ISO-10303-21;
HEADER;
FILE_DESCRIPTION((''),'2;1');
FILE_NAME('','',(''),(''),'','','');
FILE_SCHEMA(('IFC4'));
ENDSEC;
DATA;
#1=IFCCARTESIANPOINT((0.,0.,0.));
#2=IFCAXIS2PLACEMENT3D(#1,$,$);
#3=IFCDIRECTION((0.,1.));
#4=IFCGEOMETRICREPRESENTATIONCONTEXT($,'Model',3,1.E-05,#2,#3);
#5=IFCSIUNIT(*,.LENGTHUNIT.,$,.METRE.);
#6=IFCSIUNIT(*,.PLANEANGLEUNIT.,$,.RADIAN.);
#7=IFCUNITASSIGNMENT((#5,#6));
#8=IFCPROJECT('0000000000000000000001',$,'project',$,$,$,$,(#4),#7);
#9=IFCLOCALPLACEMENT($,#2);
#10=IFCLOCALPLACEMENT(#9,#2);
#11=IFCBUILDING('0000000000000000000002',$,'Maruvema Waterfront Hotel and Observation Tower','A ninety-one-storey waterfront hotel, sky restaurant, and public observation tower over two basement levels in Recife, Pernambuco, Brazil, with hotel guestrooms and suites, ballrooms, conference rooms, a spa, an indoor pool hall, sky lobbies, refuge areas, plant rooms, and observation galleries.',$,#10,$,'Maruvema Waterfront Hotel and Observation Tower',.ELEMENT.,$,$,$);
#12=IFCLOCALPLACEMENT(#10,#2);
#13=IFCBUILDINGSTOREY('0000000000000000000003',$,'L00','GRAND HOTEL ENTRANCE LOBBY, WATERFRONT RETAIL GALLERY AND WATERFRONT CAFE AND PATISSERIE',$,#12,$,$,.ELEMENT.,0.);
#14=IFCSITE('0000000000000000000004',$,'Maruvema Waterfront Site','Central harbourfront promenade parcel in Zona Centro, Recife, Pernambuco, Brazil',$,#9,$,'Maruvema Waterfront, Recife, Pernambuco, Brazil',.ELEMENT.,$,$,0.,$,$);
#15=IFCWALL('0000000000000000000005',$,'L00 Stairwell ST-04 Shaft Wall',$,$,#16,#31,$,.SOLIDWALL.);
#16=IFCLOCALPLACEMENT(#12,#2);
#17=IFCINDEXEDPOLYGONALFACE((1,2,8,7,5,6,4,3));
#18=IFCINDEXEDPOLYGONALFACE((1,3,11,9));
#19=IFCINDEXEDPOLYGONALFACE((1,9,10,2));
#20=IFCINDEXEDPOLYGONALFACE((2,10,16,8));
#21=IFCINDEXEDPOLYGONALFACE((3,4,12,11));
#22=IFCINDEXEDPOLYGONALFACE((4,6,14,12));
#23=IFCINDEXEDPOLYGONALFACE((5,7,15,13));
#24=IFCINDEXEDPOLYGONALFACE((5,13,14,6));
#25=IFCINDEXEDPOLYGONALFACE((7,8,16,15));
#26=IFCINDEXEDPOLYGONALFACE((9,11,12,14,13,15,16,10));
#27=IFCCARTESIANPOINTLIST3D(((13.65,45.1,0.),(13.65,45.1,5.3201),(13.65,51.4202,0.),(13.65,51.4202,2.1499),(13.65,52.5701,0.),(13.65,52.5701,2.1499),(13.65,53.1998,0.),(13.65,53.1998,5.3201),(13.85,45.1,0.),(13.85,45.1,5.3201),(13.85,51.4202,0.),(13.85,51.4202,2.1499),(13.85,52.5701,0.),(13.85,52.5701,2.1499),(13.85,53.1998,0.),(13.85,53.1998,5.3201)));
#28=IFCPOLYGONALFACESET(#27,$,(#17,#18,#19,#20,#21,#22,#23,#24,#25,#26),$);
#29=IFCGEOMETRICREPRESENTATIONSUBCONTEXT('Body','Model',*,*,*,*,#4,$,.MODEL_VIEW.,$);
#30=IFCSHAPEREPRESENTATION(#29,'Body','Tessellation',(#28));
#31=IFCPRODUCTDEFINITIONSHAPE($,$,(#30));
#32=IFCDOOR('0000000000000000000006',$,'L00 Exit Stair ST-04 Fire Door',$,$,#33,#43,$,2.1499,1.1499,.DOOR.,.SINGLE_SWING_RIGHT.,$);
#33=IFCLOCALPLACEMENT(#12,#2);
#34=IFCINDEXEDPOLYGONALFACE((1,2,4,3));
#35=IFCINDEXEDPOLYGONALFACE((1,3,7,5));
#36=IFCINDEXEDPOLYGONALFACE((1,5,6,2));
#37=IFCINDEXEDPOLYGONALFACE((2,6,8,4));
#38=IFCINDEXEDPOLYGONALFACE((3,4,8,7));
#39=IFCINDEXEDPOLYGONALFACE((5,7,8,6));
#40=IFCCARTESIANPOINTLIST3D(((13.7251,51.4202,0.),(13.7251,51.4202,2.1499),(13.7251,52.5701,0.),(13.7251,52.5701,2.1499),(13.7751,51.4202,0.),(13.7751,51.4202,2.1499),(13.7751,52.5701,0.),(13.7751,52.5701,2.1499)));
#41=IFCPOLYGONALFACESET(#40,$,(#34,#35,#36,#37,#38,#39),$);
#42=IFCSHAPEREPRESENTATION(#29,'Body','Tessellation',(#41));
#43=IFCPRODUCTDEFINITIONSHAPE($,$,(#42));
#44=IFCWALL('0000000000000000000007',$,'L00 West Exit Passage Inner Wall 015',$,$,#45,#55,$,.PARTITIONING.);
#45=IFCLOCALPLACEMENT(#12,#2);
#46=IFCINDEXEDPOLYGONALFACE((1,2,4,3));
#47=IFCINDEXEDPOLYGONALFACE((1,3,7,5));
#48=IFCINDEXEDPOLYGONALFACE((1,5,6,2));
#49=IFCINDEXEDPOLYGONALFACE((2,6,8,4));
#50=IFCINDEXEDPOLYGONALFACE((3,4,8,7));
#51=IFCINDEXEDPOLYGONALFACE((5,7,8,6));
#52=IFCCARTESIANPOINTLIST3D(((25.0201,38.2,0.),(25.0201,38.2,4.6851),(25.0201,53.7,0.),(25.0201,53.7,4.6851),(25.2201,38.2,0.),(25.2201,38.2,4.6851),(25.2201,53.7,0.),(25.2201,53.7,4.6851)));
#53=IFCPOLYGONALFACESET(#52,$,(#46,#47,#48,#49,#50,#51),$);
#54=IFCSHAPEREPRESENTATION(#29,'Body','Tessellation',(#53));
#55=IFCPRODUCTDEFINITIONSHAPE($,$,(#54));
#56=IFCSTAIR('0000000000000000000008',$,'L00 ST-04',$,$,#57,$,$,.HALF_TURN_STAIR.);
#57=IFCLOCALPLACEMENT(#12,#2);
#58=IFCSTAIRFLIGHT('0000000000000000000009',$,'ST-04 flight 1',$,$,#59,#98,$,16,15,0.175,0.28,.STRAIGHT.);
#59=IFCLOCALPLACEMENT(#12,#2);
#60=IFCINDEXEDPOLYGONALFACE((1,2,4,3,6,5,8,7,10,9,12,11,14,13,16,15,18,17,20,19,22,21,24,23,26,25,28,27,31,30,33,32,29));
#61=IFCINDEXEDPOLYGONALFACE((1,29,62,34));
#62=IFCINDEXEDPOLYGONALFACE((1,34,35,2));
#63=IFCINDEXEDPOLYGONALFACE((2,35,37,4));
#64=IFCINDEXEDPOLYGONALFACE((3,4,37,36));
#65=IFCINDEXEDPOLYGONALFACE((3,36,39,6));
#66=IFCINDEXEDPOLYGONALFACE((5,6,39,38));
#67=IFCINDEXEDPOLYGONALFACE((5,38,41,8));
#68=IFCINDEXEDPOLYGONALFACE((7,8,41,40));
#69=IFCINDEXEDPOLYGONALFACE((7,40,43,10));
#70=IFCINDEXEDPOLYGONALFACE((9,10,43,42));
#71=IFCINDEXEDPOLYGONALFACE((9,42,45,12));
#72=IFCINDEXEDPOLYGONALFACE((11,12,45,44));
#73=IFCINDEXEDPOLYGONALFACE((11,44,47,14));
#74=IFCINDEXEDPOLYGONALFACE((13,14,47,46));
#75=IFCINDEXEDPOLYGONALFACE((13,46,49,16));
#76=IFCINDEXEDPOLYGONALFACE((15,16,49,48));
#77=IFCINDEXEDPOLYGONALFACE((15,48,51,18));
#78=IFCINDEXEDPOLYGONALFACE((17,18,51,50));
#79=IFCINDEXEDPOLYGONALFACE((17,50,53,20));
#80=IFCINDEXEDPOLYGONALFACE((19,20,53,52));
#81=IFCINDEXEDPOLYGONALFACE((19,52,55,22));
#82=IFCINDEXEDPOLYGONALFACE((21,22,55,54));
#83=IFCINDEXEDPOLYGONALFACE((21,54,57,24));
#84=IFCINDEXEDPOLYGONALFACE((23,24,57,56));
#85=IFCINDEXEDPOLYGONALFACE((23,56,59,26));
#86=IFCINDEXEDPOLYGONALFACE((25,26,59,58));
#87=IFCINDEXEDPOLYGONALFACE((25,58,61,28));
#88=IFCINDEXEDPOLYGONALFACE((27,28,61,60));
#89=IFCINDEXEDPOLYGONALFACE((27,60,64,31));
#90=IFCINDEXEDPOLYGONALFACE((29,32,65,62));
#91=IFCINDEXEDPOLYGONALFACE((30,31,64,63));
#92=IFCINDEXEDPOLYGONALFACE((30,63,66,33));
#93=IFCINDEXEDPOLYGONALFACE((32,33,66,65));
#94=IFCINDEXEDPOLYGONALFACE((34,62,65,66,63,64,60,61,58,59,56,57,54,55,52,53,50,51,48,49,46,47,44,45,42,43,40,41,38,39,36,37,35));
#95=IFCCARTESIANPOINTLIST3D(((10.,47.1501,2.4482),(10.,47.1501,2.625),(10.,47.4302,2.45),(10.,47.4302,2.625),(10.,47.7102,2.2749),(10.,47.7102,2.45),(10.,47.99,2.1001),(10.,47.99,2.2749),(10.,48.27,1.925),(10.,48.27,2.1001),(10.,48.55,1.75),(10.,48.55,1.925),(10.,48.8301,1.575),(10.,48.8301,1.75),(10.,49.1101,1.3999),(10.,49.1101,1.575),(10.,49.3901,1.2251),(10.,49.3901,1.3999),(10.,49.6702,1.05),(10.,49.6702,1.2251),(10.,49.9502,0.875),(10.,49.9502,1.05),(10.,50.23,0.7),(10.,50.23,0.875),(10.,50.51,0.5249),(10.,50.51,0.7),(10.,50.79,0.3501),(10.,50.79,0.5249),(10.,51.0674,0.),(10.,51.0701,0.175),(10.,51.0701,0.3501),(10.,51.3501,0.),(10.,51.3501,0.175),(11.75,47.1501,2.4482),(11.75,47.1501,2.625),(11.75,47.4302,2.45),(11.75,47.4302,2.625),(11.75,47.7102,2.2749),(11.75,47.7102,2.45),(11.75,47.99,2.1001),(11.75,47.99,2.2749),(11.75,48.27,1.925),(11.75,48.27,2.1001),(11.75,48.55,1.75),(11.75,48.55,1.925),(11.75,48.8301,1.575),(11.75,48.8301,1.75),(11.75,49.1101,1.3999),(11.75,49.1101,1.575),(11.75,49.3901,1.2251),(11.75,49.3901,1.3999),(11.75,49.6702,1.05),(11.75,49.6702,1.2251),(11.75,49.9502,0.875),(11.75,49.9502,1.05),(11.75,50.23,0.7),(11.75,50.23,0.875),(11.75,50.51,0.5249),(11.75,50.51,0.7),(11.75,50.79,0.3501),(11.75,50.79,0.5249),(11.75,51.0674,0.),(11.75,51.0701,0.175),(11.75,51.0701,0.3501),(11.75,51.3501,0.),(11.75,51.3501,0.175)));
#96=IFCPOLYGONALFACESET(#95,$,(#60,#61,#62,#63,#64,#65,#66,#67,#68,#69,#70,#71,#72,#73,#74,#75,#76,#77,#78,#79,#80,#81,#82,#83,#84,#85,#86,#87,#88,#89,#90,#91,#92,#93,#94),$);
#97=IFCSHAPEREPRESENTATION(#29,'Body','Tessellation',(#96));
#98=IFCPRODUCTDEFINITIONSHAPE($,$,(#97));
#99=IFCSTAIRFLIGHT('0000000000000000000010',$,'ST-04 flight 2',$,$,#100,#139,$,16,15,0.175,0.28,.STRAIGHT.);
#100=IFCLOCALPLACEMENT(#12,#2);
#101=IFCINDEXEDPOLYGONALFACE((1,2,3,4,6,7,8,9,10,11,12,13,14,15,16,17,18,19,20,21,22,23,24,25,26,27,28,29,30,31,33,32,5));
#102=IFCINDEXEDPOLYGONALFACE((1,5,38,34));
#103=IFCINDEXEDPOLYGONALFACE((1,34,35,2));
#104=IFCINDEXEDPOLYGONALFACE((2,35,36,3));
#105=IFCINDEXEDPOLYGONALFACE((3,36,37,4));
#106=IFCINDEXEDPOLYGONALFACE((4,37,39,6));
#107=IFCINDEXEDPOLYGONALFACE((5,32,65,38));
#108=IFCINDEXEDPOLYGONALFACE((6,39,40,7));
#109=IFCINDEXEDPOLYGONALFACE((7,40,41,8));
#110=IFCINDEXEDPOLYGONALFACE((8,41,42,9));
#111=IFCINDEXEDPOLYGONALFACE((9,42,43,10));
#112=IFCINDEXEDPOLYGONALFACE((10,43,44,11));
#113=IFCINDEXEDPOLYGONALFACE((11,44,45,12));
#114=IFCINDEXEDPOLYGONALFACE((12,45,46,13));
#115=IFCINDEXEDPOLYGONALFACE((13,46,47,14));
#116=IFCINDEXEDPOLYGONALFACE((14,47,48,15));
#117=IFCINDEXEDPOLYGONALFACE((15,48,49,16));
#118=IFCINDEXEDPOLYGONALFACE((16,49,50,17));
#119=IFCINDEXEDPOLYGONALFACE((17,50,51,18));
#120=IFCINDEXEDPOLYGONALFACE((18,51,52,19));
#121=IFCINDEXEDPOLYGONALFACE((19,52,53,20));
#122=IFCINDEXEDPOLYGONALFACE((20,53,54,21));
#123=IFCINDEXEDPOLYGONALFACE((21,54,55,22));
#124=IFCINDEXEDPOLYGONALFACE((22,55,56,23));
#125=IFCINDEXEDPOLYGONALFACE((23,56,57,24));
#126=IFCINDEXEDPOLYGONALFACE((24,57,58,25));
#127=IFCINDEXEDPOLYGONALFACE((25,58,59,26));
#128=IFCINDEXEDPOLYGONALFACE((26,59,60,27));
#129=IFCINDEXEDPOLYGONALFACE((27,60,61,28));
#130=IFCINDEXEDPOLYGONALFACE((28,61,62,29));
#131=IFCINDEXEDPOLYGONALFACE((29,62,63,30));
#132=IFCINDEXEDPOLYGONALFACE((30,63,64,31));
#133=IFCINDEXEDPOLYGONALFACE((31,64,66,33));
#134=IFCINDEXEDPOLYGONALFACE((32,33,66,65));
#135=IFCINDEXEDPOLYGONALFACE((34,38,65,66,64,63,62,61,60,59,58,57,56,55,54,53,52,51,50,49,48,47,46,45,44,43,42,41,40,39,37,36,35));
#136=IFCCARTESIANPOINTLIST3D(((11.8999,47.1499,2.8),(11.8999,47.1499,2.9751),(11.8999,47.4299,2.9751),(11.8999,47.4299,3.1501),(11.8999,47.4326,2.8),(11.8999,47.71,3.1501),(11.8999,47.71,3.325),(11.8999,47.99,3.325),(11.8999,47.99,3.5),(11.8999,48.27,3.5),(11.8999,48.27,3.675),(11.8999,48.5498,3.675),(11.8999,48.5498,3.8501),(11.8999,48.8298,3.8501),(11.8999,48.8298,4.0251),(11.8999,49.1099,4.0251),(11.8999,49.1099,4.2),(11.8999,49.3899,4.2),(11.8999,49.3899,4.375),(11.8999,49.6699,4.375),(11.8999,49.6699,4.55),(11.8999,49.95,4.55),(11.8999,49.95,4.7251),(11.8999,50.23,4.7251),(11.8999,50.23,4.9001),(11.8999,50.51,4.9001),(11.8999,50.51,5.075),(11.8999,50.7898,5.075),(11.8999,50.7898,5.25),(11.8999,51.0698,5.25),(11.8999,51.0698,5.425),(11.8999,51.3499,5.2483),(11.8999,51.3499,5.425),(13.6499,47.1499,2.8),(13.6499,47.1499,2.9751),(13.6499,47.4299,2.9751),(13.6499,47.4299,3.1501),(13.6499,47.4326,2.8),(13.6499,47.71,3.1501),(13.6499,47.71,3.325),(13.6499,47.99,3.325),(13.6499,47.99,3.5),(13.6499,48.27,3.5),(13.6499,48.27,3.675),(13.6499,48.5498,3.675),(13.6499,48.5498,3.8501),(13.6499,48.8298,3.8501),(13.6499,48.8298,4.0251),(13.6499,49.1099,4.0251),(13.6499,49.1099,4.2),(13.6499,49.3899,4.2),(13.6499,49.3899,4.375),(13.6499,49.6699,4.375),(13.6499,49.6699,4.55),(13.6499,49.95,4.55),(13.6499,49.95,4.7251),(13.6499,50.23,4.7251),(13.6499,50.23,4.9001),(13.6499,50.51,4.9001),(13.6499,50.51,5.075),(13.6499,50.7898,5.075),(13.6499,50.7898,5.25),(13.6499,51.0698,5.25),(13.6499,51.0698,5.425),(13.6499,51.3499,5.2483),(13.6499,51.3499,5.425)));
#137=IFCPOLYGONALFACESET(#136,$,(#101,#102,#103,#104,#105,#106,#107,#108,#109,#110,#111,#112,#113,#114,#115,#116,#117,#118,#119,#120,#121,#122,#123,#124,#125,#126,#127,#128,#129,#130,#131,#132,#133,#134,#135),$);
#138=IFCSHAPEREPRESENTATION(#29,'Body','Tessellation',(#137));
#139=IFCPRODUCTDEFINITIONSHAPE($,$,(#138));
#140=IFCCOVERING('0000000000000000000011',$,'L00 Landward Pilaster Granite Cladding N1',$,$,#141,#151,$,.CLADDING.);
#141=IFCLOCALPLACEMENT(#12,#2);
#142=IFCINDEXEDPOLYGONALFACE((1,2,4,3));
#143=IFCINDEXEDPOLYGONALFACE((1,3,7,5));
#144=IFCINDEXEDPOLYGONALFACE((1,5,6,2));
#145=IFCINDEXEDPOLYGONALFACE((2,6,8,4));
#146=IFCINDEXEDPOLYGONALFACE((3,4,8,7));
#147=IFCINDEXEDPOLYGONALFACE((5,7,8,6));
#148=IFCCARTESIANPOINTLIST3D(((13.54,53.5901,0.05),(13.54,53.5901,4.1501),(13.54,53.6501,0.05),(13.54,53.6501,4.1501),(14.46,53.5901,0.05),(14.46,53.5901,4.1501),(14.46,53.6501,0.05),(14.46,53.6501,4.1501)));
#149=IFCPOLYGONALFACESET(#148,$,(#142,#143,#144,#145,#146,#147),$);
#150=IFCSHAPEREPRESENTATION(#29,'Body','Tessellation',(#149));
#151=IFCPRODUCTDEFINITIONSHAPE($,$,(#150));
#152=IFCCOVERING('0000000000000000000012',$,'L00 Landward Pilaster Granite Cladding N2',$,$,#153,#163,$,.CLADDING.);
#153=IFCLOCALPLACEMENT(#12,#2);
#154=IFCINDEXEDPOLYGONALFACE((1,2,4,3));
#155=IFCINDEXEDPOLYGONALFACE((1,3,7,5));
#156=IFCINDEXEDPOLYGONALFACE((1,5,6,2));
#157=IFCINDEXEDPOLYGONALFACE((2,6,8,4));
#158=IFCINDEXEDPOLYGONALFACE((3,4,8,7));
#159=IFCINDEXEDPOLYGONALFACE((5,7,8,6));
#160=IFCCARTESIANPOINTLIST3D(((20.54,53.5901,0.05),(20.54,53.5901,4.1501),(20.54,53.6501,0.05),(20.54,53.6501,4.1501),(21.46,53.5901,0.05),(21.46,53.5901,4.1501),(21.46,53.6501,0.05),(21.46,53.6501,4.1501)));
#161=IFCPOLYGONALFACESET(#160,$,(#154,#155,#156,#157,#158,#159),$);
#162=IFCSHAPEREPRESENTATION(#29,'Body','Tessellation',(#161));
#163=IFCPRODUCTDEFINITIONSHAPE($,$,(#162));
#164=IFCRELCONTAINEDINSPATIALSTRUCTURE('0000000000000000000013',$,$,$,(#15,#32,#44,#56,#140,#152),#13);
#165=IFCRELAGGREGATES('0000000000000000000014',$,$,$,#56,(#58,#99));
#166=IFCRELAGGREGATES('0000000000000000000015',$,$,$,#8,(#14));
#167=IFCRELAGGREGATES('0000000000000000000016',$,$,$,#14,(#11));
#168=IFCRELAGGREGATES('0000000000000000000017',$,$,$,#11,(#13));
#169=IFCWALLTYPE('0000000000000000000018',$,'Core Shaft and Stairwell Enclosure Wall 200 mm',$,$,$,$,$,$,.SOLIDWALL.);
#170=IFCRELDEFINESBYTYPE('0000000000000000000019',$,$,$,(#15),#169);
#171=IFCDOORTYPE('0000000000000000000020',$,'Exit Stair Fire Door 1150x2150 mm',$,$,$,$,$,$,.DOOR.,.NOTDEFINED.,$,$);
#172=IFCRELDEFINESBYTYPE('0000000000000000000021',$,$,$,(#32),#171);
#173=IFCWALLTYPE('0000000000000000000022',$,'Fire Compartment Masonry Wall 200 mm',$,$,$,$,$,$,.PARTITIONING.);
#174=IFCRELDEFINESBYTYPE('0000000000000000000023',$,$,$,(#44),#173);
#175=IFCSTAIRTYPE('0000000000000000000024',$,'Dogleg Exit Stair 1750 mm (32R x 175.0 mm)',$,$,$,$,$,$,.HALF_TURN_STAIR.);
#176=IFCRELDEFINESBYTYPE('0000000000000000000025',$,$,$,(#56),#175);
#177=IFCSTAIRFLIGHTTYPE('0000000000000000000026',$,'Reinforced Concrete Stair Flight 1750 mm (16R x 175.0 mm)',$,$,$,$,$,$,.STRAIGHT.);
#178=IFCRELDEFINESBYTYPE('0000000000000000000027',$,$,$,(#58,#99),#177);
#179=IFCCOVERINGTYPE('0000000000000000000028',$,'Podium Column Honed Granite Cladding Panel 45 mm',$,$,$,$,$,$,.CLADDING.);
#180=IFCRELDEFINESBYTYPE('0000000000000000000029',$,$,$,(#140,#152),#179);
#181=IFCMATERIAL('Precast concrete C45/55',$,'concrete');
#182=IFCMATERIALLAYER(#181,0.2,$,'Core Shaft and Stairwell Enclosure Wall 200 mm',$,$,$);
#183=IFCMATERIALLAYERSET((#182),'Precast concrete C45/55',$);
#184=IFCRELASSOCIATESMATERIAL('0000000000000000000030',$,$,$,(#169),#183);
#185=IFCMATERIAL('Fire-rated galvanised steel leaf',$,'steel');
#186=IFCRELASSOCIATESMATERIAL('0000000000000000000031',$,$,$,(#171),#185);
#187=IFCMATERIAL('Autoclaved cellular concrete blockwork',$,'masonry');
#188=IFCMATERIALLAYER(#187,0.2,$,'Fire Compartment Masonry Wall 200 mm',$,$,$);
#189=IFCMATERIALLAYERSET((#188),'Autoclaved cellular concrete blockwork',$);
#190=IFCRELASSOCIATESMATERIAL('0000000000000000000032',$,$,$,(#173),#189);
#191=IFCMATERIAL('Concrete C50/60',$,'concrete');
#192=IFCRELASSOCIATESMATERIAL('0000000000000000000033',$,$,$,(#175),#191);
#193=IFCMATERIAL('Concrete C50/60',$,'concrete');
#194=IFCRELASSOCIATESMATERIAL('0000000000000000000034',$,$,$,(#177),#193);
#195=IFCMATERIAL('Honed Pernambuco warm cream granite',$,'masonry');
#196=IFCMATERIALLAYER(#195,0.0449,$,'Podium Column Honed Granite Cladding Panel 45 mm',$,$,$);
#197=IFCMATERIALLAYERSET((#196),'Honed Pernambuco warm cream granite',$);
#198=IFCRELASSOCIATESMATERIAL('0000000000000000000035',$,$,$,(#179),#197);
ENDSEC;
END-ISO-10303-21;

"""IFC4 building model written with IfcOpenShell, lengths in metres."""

from ifc_helpers import new_model, si_unit, direction, frame, frame_2d, origin, origin_2d, place, context, subcontext, project, spatial, polyline, rectangle, outline, extrude, material, layer, layer_set, type_object, element, fill, aggregate, save


model = new_model("IFC4")

# Units and contexts
model_context = context("Model", 3, precision=1e-05, world=origin(), true_north=direction((0.0, 1.0)))
body_context = subcontext(model_context, "Body", "Model", "MODEL_VIEW")
ifc_project = project(units=[si_unit("LENGTHUNIT", "METRE"), si_unit("PLANEANGLEUNIT", "RADIAN")], contexts=[model_context])

# Site, building, storey
site_placement = place(None, origin())
site = spatial("IfcSite", under=ifc_project, at=site_placement, Name="Maruvema Waterfront Site", Description="Central harbourfront promenade parcel in Zona Centro, Recife, Pernambuco, Brazil", LongName="Maruvema Waterfront, Recife, Pernambuco, Brazil", CompositionType="ELEMENT", RefElevation=0.0)
building_placement = place(site_placement, origin())
building = spatial("IfcBuilding", under=site, at=building_placement, Name="Maruvema Waterfront Hotel and Observation Tower", Description="A ninety-one-storey waterfront hotel, sky restaurant, and public observation tower over two basement levels in Recife, Pernambuco, Brazil, with hotel guestrooms and suites, ballrooms, conference rooms, a spa, an indoor pool hall, sky lobbies, refuge areas, plant rooms, and observation galleries.", LongName="Maruvema Waterfront Hotel and Observation Tower", CompositionType="ELEMENT")
storey_placement = place(building_placement, origin())
storey = spatial("IfcBuildingStorey", under=building, at=storey_placement, Name="L00", Description="GRAND HOTEL ENTRANCE LOBBY, WATERFRONT RETAIL GALLERY AND WATERFRONT CAFE AND PATISSERIE", CompositionType="ELEMENT", Elevation=0.0)

# Shared definitions
ifc_material_1 = material(Name="Precast concrete C45/55", Category="concrete")
ifc_layer_1 = layer(ifc_material_1, 0.2, Name="Core Shaft and Stairwell Enclosure Wall 200 mm")
ifc_layer_set_1 = layer_set([ifc_layer_1], Name="Precast concrete C45/55")
wall_type_1 = type_object("IfcWallType", Name="Core Shaft and Stairwell Enclosure Wall 200 mm", PredefinedType="SOLIDWALL", material=ifc_layer_set_1)

# Wall, opening, door
wall_1_placement = place(storey_placement, frame((13.75, 45.1001, 0.0), z_axis=(0.0, 0.0, 1.0), x_axis=(0.0, 1.0, 0.0)))
wall_1 = element("IfcWall", 1, at=wall_1_placement, inside=storey, type_object=wall_type_1, Name="L00 Stairwell ST-04 Shaft Wall", PredefinedType="SOLIDWALL", context=body_context, shape_type="SweptSolid", body=[
    extrude(rectangle(XDim=8.0999, YDim=0.2, at=frame_2d((4.0498, 0.0))), origin(), (0.0, 0.0, 1.0), 5.3201),
])
opening_1_placement = place(wall_1_placement, frame((6.3201, 0.0, 0.0)))
opening_1 = element("IfcOpeningElement", 2, at=opening_1_placement, cuts=wall_1, PredefinedType="OPENING", context=body_context, shape_type="SweptSolid", body=[
    extrude(rectangle(XDim=1.1499, YDim=2.1499, at=frame_2d((0.575, 1.075))), frame((0.0, 0.1099, 0.0), z_axis=(0.0, -1.0, 0.0), x_axis=(1.0, 0.0, 0.0)), (0.0, 0.0, 1.0), 0.22),
])
ifc_material_2 = material(Name="Fire-rated galvanised steel leaf", Category="steel")
door_type_1 = type_object("IfcDoorType", Name="Exit Stair Fire Door 1150x2150 mm", OperationType="NOTDEFINED", PredefinedType="DOOR", material=ifc_material_2)
door_1_placement = place(opening_1_placement, origin())
door_1 = element("IfcDoor", 3, at=door_1_placement, inside=storey, type_object=door_type_1, Name="L00 Exit Stair ST-04 Fire Door", OperationType="SINGLE_SWING_RIGHT", OverallHeight=2.1499, OverallWidth=1.1499, PredefinedType="DOOR", context=body_context, shape_type="SweptSolid", body=[
    extrude(rectangle(XDim=1.1499, YDim=2.1499, at=frame_2d((0.575, 1.075))), frame((0.0, 0.0249, 0.0), z_axis=(0.0, -1.0, 0.0), x_axis=(1.0, 0.0, 0.0)), (0.0, 0.0, 1.0), 0.05),
])
fill(opening_1, door_1)

# Wall
ifc_material_3 = material(Name="Autoclaved cellular concrete blockwork", Category="masonry")
ifc_layer_2 = layer(ifc_material_3, 0.2, Name="Fire Compartment Masonry Wall 200 mm")
ifc_layer_set_2 = layer_set([ifc_layer_2], Name="Autoclaved cellular concrete blockwork")
wall_type_2 = type_object("IfcWallType", Name="Fire Compartment Masonry Wall 200 mm", PredefinedType="PARTITIONING", material=ifc_layer_set_2)
wall_2_placement = place(storey_placement, frame((25.1201, 38.2, 0.0), z_axis=(0.0, 0.0, 1.0), x_axis=(0.0, 1.0, 0.0)))
element("IfcWall", 4, at=wall_2_placement, inside=storey, type_object=wall_type_2, Name="L00 West Exit Passage Inner Wall 015", PredefinedType="PARTITIONING", context=body_context, shape_type="SweptSolid", body=[
    extrude(rectangle(XDim=15.5, YDim=0.2, at=frame_2d((7.75, 0.0))), origin(), (0.0, 0.0, 1.0), 4.6851),
])

# Stair, stair flights
ifc_material_4 = material(Name="Concrete C50/60", Category="concrete")
stair_type = type_object("IfcStairType", Name="Dogleg Exit Stair 1750 mm (32R x 175.0 mm)", PredefinedType="HALF_TURN_STAIR", material=ifc_material_4)
stair_placement = place(storey_placement, origin())
stair = element("IfcStair", 5, at=stair_placement, inside=storey, type_object=stair_type, Name="L00 ST-04", PredefinedType="HALF_TURN_STAIR")
ifc_material_5 = material(Name="Concrete C50/60", Category="concrete")
stair_flight_type = type_object("IfcStairFlightType", Name="Reinforced Concrete Stair Flight 1750 mm (16R x 175.0 mm)", PredefinedType="STRAIGHT", material=ifc_material_5)
stair_flight_1_placement = place(storey_placement, frame((10.875, 51.3501, 0.0), z_axis=(0.0, 0.0, 1.0), x_axis=(0.0, -1.0, 0.0)))
stair_flight_1 = element("IfcStairFlight", 6, at=stair_flight_1_placement, type_object=stair_flight_type, Name="ST-04 flight 1", NumberOfRisers=16, NumberOfTreads=15, PredefinedType="STRAIGHT", RiserHeight=0.175, TreadLength=0.28, context=body_context, shape_type="SweptSolid", body=[
    extrude(outline(polyline([(0.0, 0.0), (0.0, 0.175), (0.28, 0.175), (0.28, 0.3501), (0.5601, 0.3501), (0.5601, 0.5249), (0.8401, 0.5249), (0.8401, 0.7), (1.1201, 0.7), (1.1201, 0.875), (1.3999, 0.875), (1.3999, 1.05), (1.6799, 1.05), (1.6799, 1.2251), (1.96, 1.2251), (1.96, 1.3999), (2.24, 1.3999), (2.24, 1.575), (2.52, 1.575), (2.52, 1.75), (2.8, 1.75), (2.8, 1.925), (3.0801, 1.925), (3.0801, 2.1001), (3.3601, 2.1001), (3.3601, 2.2749), (3.6399, 2.2749), (3.6399, 2.45), (3.9199, 2.45), (3.9199, 2.625), (4.2, 2.625), (4.2, 2.8), (4.2, 2.4482), (0.2827, 0.0), (0.0, 0.0)])), frame((0.0, 0.875, 0.0), z_axis=(0.0, -1.0, 0.0), x_axis=(1.0, 0.0, 0.0)), (0.0, 0.0, 1.0), 1.75),
])
stair_flight_2_placement = place(storey_placement, frame((12.7749, 47.1499, 2.8), z_axis=(0.0, 0.0, 1.0), x_axis=(0.0, 1.0, 0.0)))
stair_flight_2 = element("IfcStairFlight", 7, at=stair_flight_2_placement, type_object=stair_flight_type, Name="ST-04 flight 2", NumberOfRisers=16, NumberOfTreads=15, PredefinedType="STRAIGHT", RiserHeight=0.175, TreadLength=0.28, context=body_context, shape_type="SweptSolid", body=[
    extrude(outline(polyline([(0.0, 0.0), (0.0, 0.175), (0.28, 0.175), (0.28, 0.3501), (0.5601, 0.3501), (0.5601, 0.5249), (0.8401, 0.5249), (0.8401, 0.7), (1.1201, 0.7), (1.1201, 0.875), (1.3999, 0.875), (1.3999, 1.05), (1.6799, 1.05), (1.6799, 1.2251), (1.96, 1.2251), (1.96, 1.3999), (2.24, 1.3999), (2.24, 1.575), (2.52, 1.575), (2.52, 1.75), (2.8, 1.75), (2.8, 1.925), (3.0801, 1.925), (3.0801, 2.1001), (3.3601, 2.1001), (3.3601, 2.2749), (3.6399, 2.2749), (3.6399, 2.45), (3.9199, 2.45), (3.9199, 2.625), (4.2, 2.625), (4.2, 2.8), (4.2, 2.4482), (0.2827, 0.0), (0.0, 0.0)])), frame((0.0, 0.875, 0.0), z_axis=(0.0, -1.0, 0.0), x_axis=(1.0, 0.0, 0.0)), (0.0, 0.0, 1.0), 1.75),
])
aggregate(stair, [stair_flight_1, stair_flight_2])

# Coverings
ifc_material_6 = material(Name="Honed Pernambuco warm cream granite", Category="masonry")
ifc_layer_3 = layer(ifc_material_6, 0.0449, Name="Podium Column Honed Granite Cladding Panel 45 mm")
ifc_layer_set_3 = layer_set([ifc_layer_3], Name="Honed Pernambuco warm cream granite")
covering_type = type_object("IfcCoveringType", Name="Podium Column Honed Granite Cladding Panel 45 mm", PredefinedType="CLADDING", material=ifc_layer_set_3)
for number, where, z_axis, x_axis, name in (
    (8, (14.0, 53.6201, 0.05), (0.0, 0.0, 1.0), (1.0, 0.0, 0.0), "L00 Landward Pilaster Granite Cladding N1"),
    (9, (21.0, 53.6201, 0.05), (0.0, 0.0, 1.0), (1.0, 0.0, 0.0), "L00 Landward Pilaster Granite Cladding N2"),
):
    element("IfcCovering", number, at=place(storey_placement, frame(where, z_axis=z_axis, x_axis=x_axis)), inside=storey, type_object=covering_type, Name=name, PredefinedType="CLADDING", context=body_context, shape_type="SweptSolid", body=[
        extrude(rectangle(XDim=0.9199, YDim=0.0601, at=origin_2d()), origin(), (0.0, 0.0, 1.0), 4.1001),
    ])

save(model, "model.ifc")
